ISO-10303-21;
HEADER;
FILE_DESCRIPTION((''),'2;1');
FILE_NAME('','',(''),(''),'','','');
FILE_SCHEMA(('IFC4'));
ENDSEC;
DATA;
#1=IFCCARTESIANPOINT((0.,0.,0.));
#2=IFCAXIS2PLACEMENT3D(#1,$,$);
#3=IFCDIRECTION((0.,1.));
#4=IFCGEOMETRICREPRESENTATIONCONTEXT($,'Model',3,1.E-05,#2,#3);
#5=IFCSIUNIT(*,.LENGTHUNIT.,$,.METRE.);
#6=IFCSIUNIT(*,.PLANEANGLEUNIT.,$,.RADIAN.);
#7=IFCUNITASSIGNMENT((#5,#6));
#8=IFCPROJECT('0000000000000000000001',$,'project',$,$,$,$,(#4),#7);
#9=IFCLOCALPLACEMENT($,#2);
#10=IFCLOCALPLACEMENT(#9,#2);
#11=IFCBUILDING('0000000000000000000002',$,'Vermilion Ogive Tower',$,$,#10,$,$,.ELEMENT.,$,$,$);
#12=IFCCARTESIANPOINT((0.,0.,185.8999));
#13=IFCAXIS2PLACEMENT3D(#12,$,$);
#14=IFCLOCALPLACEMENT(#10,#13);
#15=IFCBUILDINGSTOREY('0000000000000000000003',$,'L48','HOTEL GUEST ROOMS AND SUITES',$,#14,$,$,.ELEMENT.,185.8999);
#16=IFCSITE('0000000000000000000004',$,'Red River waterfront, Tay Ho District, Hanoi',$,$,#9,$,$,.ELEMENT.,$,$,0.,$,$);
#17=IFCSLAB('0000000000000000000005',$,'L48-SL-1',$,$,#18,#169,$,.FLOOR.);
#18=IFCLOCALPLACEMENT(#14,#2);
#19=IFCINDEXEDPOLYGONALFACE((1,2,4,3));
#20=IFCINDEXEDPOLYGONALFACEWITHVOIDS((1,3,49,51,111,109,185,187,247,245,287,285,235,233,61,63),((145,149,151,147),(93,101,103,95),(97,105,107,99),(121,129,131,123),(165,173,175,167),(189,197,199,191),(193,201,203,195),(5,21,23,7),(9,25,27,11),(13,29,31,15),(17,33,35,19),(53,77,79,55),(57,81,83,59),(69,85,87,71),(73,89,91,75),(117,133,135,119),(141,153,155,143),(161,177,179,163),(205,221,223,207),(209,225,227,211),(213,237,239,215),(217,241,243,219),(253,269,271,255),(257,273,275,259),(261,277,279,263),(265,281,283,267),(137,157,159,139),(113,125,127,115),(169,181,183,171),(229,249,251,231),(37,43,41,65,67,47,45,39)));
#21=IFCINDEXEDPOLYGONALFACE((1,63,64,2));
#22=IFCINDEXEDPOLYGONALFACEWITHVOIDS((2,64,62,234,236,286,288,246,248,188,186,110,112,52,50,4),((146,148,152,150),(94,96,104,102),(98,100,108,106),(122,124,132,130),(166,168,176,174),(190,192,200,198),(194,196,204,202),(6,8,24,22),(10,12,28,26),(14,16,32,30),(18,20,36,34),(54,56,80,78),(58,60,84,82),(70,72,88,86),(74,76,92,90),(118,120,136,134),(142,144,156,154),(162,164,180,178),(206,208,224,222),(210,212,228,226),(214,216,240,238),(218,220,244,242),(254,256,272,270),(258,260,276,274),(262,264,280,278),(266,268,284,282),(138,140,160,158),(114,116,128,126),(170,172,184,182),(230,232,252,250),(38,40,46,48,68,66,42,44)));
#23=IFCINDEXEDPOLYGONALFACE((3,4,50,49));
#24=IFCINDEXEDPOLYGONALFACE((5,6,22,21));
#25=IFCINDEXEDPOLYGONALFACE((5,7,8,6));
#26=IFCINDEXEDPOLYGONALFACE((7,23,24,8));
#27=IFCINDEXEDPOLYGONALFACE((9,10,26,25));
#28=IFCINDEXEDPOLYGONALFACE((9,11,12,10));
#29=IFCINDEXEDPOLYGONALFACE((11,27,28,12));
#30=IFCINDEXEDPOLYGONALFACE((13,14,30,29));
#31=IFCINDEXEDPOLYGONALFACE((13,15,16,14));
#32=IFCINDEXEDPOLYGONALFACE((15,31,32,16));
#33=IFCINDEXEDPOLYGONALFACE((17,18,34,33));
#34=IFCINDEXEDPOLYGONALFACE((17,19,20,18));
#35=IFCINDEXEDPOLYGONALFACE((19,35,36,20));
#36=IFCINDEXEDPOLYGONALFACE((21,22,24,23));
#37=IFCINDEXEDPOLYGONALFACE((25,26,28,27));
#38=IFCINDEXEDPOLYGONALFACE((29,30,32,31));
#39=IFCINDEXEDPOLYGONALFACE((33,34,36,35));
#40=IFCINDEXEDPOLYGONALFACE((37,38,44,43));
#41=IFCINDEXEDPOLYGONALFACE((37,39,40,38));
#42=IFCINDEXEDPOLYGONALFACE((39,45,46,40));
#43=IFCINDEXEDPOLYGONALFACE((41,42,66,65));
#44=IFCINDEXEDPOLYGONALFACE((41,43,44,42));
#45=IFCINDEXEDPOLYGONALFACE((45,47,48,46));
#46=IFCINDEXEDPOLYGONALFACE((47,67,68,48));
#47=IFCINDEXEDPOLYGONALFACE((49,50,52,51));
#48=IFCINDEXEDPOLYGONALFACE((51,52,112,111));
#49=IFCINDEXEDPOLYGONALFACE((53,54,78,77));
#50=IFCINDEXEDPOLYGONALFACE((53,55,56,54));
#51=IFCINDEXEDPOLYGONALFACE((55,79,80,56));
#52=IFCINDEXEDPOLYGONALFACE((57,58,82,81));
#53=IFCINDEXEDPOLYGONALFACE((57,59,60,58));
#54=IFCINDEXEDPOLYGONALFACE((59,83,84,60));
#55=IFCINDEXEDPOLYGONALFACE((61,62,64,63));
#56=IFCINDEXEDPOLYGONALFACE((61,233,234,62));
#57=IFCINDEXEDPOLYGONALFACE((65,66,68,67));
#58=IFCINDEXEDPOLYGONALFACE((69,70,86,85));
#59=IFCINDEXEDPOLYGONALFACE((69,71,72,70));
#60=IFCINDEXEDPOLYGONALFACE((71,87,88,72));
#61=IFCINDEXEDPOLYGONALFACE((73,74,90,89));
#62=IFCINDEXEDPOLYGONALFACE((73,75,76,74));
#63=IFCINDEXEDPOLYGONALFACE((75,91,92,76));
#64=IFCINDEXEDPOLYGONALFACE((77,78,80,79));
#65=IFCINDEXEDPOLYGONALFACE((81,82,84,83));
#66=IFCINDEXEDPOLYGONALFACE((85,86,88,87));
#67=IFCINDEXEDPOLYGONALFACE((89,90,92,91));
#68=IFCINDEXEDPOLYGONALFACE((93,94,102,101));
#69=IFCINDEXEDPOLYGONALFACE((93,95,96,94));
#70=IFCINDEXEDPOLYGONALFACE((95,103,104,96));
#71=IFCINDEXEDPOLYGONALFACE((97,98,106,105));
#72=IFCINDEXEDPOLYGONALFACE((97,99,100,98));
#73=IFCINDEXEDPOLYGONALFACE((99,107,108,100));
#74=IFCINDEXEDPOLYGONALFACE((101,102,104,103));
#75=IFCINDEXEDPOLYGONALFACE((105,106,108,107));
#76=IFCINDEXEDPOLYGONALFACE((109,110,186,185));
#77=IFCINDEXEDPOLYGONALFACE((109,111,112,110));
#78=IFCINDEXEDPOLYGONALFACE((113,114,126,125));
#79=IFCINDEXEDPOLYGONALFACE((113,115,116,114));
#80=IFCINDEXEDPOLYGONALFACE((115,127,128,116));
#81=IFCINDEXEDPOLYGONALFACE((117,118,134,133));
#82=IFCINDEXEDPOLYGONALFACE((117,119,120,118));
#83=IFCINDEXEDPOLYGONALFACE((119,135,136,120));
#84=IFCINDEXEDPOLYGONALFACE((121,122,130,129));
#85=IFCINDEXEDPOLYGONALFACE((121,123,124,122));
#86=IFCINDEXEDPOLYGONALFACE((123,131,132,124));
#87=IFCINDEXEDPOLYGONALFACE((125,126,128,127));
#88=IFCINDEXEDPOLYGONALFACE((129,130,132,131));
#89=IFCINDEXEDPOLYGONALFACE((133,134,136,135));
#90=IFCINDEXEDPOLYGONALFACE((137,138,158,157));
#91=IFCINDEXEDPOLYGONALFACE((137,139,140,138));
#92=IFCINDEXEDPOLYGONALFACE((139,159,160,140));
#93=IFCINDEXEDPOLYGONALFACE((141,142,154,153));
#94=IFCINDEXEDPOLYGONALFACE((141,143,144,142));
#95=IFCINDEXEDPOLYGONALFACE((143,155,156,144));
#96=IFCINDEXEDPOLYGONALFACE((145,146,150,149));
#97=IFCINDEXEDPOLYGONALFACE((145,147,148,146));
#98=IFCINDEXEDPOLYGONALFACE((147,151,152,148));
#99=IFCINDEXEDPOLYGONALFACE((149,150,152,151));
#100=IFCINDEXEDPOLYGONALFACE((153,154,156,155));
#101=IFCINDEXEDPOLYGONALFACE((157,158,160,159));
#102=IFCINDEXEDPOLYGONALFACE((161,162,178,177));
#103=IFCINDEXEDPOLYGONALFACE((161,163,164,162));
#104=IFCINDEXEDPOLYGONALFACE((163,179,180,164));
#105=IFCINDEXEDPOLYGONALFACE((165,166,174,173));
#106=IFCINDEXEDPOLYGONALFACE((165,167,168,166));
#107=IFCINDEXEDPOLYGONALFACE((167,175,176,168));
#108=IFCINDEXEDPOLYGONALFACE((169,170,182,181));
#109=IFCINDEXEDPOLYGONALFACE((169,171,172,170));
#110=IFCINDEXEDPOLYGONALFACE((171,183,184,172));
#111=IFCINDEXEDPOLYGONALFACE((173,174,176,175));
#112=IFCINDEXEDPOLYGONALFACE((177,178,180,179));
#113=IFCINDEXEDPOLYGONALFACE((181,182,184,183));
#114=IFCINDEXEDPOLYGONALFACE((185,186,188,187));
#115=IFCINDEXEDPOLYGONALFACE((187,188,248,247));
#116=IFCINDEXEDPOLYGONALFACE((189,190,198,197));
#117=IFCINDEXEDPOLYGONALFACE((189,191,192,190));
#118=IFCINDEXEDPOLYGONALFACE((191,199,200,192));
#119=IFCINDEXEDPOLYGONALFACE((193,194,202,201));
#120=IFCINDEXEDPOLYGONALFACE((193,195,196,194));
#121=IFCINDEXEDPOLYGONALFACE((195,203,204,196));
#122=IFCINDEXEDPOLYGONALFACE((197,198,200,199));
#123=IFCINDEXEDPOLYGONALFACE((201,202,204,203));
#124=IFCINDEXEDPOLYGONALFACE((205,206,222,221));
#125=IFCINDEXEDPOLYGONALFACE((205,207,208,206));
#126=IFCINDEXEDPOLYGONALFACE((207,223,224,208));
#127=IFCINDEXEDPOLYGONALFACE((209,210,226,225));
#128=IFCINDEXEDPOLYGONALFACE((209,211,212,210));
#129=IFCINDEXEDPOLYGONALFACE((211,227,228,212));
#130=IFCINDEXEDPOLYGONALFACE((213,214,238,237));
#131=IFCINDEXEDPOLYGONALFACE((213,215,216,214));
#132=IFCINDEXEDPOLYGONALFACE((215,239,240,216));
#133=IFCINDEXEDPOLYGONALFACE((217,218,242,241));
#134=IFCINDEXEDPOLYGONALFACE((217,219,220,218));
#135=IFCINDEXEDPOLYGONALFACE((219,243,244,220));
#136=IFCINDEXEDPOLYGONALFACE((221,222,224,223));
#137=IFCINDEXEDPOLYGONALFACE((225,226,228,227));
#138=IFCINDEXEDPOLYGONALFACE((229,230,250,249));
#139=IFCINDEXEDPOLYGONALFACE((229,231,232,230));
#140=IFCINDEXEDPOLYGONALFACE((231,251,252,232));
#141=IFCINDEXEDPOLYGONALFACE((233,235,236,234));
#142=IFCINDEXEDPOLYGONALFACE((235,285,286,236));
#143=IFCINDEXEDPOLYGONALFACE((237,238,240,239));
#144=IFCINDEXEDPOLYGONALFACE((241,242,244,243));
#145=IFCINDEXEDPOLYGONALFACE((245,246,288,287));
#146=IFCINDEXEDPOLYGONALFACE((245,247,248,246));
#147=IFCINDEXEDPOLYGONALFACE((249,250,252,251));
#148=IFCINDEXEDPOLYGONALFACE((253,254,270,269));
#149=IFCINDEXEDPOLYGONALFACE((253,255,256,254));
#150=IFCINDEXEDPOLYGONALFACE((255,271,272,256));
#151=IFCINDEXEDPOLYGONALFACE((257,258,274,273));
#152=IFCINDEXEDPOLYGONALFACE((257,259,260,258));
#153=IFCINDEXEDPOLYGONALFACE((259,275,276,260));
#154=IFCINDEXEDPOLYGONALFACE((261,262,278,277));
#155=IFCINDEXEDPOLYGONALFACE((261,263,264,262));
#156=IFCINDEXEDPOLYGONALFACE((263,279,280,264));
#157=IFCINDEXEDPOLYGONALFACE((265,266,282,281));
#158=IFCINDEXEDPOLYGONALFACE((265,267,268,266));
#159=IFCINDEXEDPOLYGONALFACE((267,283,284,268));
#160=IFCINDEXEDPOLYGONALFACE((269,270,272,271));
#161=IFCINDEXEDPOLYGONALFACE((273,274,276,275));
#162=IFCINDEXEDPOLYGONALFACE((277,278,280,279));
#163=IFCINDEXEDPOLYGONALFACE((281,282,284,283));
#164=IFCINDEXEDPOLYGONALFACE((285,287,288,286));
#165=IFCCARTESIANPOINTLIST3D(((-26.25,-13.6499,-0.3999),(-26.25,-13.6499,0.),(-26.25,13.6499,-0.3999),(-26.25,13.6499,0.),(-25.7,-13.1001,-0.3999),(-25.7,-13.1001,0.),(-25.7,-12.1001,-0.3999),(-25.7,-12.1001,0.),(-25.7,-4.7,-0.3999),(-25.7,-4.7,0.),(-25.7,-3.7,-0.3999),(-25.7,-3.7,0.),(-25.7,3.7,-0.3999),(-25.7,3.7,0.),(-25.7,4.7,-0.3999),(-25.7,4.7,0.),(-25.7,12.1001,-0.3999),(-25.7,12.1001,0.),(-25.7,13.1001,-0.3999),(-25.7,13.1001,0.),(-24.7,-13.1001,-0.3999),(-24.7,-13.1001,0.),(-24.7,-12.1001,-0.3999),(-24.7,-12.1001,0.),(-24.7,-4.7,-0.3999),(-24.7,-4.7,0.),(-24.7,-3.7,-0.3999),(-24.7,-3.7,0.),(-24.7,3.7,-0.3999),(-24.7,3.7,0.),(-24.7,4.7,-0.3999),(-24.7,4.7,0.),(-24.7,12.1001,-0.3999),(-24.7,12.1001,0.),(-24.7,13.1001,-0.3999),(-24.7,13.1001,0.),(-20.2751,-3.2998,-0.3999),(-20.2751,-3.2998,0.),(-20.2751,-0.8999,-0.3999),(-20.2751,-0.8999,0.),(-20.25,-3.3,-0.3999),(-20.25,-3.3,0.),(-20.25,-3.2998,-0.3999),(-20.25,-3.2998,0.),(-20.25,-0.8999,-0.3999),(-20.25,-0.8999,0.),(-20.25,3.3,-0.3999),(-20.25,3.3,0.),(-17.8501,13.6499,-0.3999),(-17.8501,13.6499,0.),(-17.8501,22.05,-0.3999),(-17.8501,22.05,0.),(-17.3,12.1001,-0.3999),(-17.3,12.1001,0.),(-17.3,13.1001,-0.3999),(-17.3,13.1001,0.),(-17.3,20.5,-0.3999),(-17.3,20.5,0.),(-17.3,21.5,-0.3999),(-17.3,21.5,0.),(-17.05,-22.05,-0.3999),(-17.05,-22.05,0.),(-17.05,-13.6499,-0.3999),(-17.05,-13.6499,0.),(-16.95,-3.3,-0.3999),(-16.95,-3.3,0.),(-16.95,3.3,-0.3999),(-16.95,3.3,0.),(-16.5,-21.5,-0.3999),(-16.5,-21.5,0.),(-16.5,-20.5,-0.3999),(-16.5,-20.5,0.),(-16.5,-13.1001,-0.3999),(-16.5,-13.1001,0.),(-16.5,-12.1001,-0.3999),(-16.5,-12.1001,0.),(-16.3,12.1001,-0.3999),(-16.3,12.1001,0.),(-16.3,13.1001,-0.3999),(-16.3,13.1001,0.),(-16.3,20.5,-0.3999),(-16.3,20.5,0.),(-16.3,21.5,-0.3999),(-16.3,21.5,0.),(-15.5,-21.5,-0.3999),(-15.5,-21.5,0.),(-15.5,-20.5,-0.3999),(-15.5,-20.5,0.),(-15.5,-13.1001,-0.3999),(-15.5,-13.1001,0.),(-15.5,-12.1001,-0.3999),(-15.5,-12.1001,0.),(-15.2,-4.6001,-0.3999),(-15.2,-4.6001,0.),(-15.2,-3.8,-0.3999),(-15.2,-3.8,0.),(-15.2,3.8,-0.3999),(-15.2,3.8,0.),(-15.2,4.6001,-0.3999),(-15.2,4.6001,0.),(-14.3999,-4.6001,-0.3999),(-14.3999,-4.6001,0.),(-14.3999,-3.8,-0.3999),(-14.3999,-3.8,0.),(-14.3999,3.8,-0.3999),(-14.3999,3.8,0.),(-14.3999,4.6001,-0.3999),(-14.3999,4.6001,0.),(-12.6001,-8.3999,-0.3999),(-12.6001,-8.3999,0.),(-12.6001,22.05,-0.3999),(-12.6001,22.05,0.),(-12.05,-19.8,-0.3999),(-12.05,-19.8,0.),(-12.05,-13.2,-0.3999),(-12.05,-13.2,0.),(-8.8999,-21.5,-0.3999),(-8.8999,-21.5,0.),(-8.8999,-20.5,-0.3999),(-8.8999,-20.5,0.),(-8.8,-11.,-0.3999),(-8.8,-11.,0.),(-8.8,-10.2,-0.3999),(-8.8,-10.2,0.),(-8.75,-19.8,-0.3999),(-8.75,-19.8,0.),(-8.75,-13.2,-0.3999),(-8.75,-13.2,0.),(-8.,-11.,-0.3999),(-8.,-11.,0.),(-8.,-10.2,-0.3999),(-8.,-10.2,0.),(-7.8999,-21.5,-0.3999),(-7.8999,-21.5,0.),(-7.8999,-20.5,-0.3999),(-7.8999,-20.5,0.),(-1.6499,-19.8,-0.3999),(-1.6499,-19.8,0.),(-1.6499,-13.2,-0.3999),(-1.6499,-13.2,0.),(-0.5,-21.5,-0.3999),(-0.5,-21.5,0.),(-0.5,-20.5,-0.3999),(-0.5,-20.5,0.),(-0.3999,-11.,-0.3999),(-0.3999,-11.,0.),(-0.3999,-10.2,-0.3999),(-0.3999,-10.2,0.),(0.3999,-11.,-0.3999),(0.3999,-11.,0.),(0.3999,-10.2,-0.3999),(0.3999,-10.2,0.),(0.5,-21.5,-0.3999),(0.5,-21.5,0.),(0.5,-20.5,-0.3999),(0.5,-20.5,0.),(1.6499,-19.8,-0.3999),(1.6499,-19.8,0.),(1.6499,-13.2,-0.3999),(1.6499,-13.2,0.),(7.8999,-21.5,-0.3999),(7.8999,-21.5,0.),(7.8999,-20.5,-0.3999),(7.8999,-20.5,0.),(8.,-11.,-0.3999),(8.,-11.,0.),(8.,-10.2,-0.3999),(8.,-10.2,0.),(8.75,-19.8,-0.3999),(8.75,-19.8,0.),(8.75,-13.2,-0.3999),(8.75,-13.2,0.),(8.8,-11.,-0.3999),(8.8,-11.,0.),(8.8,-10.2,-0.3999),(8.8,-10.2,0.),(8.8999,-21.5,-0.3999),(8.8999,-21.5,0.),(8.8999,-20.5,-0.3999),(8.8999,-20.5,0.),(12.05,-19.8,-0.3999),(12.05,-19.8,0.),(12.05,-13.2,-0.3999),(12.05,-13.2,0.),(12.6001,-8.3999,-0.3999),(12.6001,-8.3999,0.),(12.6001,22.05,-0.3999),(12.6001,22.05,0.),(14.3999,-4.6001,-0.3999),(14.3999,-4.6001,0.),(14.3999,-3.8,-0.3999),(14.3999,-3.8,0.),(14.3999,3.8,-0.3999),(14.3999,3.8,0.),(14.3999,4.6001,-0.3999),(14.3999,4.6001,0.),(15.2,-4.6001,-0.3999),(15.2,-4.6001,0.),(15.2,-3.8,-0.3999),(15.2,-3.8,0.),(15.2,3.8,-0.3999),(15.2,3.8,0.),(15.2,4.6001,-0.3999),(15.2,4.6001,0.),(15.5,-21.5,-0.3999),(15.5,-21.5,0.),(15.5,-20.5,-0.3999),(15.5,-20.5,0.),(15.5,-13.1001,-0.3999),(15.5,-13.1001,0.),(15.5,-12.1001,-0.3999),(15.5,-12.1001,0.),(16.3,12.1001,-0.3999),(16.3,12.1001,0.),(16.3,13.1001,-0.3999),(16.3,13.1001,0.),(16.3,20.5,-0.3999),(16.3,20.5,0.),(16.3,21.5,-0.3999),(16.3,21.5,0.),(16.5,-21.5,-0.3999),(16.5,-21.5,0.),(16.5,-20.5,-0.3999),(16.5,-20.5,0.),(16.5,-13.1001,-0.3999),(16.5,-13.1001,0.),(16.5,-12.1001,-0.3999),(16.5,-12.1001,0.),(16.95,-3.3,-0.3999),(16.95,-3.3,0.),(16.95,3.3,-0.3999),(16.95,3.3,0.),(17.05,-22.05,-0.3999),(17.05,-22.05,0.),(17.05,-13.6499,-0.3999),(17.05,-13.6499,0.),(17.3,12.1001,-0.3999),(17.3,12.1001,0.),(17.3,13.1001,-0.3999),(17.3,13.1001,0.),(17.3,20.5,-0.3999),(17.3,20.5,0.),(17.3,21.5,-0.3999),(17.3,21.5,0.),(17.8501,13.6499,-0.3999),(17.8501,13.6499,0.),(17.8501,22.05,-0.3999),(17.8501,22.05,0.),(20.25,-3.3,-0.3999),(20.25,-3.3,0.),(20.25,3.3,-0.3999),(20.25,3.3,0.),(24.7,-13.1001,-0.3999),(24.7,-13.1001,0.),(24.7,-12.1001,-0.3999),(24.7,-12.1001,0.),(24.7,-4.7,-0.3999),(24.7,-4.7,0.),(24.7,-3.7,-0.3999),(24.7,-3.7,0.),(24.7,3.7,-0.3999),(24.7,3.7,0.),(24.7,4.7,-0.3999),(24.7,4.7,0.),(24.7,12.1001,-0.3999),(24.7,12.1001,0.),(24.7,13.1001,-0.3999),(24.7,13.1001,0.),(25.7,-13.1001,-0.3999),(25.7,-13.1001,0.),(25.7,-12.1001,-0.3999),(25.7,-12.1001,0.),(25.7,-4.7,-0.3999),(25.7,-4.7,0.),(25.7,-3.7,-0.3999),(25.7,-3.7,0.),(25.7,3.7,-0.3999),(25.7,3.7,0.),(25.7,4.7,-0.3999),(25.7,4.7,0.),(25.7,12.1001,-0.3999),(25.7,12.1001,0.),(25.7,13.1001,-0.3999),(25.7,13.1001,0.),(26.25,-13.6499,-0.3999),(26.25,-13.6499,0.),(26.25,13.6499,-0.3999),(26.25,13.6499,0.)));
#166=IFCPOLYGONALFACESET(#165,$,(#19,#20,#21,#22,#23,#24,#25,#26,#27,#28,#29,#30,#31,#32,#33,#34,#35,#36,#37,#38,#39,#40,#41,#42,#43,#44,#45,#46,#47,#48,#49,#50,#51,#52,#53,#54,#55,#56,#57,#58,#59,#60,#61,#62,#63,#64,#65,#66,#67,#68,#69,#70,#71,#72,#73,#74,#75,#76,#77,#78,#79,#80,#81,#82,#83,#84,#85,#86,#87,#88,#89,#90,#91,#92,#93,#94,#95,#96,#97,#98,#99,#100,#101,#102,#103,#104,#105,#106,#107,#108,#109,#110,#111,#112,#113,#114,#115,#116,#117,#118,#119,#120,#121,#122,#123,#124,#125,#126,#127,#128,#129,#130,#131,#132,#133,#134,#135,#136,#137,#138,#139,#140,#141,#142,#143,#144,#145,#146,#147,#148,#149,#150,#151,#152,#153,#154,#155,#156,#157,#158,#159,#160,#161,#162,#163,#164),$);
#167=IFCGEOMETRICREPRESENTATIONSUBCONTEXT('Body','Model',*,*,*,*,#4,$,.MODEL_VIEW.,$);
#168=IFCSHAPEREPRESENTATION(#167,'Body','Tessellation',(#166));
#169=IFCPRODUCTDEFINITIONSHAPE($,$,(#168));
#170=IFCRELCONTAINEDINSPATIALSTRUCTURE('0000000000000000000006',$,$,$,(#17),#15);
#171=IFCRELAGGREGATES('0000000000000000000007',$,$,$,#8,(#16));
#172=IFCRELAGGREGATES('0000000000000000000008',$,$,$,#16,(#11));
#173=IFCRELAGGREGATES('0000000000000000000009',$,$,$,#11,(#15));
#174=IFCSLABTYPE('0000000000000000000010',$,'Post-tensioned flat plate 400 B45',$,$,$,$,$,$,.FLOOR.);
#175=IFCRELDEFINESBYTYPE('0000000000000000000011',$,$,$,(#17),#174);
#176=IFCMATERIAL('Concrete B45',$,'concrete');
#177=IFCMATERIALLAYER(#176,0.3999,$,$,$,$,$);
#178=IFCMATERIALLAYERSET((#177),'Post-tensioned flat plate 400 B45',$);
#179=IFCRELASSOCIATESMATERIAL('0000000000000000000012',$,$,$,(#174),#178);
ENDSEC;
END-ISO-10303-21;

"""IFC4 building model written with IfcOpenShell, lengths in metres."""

from ifc_helpers import new_model, si_unit, direction, frame, origin, place, context, subcontext, project, spatial, polyline, outline, extrude, material, layer, layer_set, type_object, element, save


model = new_model("IFC4")

# Units and contexts
model_context = context("Model", 3, precision=1e-05, world=origin(), true_north=direction((0.0, 1.0)))
body_context = subcontext(model_context, "Body", "Model", "MODEL_VIEW")
ifc_project = project(units=[si_unit("LENGTHUNIT", "METRE"), si_unit("PLANEANGLEUNIT", "RADIAN")], contexts=[model_context])

# Site, building, storey
site_placement = place(None, origin())
site = spatial("IfcSite", under=ifc_project, at=site_placement, Name="Red River waterfront, Tay Ho District, Hanoi", CompositionType="ELEMENT", RefElevation=0.0)
building_placement = place(site_placement, origin())
building = spatial("IfcBuilding", under=site, at=building_placement, Name="Vermilion Ogive Tower", CompositionType="ELEMENT")
storey_placement = place(building_placement, frame((0.0, 0.0, 185.8999)))
storey = spatial("IfcBuildingStorey", under=building, at=storey_placement, Name="L48", Description="HOTEL GUEST ROOMS AND SUITES", CompositionType="ELEMENT", Elevation=185.8999)

# Slab
ifc_material_1 = material(Name="Concrete B45", Category="concrete")
ifc_layer_1 = layer(ifc_material_1, 0.3999)
ifc_layer_set_1 = layer_set([ifc_layer_1], Name="Post-tensioned flat plate 400 B45")
slab_type = type_object("IfcSlabType", Name="Post-tensioned flat plate 400 B45", PredefinedType="FLOOR", material=ifc_layer_set_1)
slab_placement = place(storey_placement, frame((0.0, 0.0, -0.3999)))
element("IfcSlab", 1, at=slab_placement, inside=storey, type_object=slab_type, Name="L48-SL-1", PredefinedType="FLOOR", context=body_context, shape_type="SweptSolid", body=[
    extrude(outline(polyline([(-26.25, -13.6499), (-17.05, -13.6499), (-17.05, -22.05), (17.05, -22.05), (17.05, -13.6499), (26.25, -13.6499), (26.25, 13.6499), (17.8501, 13.6499), (17.8501, 22.05), (12.6001, 22.05), (12.6001, -8.3999), (-12.6001, -8.3999), (-12.6001, 22.05), (-17.8501, 22.05), (-17.8501, 13.6499), (-26.25, 13.6499), (-26.25, -13.6499)]), holes=[polyline([(25.7, -3.7), (25.7, -4.7), (24.7, -4.7), (24.7, -3.7), (25.7, -3.7)]), polyline([(25.7, -12.1001), (25.7, -13.1001), (24.7, -13.1001), (24.7, -12.1001), (25.7, -12.1001)]), polyline([(25.7, 12.1001), (24.7, 12.1001), (24.7, 13.1001), (25.7, 13.1001), (25.7, 12.1001)]), polyline([(25.7, 3.7), (24.7, 3.7), (24.7, 4.7), (25.7, 4.7), (25.7, 3.7)]), polyline([(20.25, 3.3), (20.25, -3.3), (16.95, -3.3), (16.95, 3.3), (20.25, 3.3)]), polyline([(17.3, 13.1001), (17.3, 12.1001), (16.3, 12.1001), (16.3, 13.1001), (17.3, 13.1001)]), polyline([(17.3, 20.5), (16.3, 20.5), (16.3, 21.5), (17.3, 21.5), (17.3, 20.5)]), polyline([(16.5, -12.1001), (16.5, -13.1001), (15.5, -13.1001), (15.5, -12.1001), (16.5, -12.1001)]), polyline([(16.5, -20.5), (16.5, -21.5), (15.5, -21.5), (15.5, -20.5), (16.5, -20.5)]), polyline([(15.2, 4.6001), (15.2, 3.8), (14.3999, 3.8), (14.3999, 4.6001), (15.2, 4.6001)]), polyline([(15.2, -4.6001), (14.3999, -4.6001), (14.3999, -3.8), (15.2, -3.8), (15.2, -4.6001)]), polyline([(12.05, -13.2), (12.05, -19.8), (8.75, -19.8), (8.75, -13.2), (12.05, -13.2)]), polyline([(8.8999, -20.5), (8.8999, -21.5), (7.8999, -21.5), (7.8999, -20.5), (8.8999, -20.5)]), polyline([(8.8, -11.0), (8.0, -11.0), (8.0, -10.2), (8.8, -10.2), (8.8, -11.0)]), polyline([(1.6499, -13.2), (1.6499, -19.8), (-1.6499, -19.8), (-1.6499, -13.2), (1.6499, -13.2)]), polyline([(0.5, -20.5), (0.5, -21.5), (-0.5, -21.5), (-0.5, -20.5), (0.5, -20.5)]), polyline([(0.3999, -10.2), (0.3999, -11.0), (-0.3999, -11.0), (-0.3999, -10.2), (0.3999, -10.2)]), polyline([(-7.8999, -20.5), (-7.8999, -21.5), (-8.8999, -21.5), (-8.8999, -20.5), (-7.8999, -20.5)]), polyline([(-8.0, -10.2), (-8.0, -11.0), (-8.8, -11.0), (-8.8, -10.2), (-8.0, -10.2)]), polyline([(-8.75, -13.2), (-8.75, -19.8), (-12.05, -19.8), (-12.05, -13.2), (-8.75, -13.2)]), polyline([(-14.3999, 4.6001), (-14.3999, 3.8), (-15.2, 3.8), (-15.2, 4.6001), (-14.3999, 4.6001)]), polyline([(-14.3999, -4.6001), (-15.2, -4.6001), (-15.2, -3.8), (-14.3999, -3.8), (-14.3999, -4.6001)]), polyline([(-15.5, -12.1001), (-15.5, -13.1001), (-16.5, -13.1001), (-16.5, -12.1001), (-15.5, -12.1001)]), polyline([(-15.5, -20.5), (-15.5, -21.5), (-16.5, -21.5), (-16.5, -20.5), (-15.5, -20.5)]), polyline([(-16.3, 13.1001), (-16.3, 12.1001), (-17.3, 12.1001), (-17.3, 13.1001), (-16.3, 13.1001)]), polyline([(-16.3, 20.5), (-17.3, 20.5), (-17.3, 21.5), (-16.3, 21.5), (-16.3, 20.5)]), polyline([(-16.95, 3.3), (-16.95, -3.3), (-20.25, -3.3), (-20.25, -3.2998), (-20.2751, -3.2998), (-20.2751, -0.8999), (-20.25, -0.8999), (-20.25, 3.3), (-16.95, 3.3)]), polyline([(-24.7, 3.7), (-25.7, 3.7), (-25.7, 4.7), (-24.7, 4.7), (-24.7, 3.7)]), polyline([(-24.7, 13.1001), (-24.7, 12.1001), (-25.7, 12.1001), (-25.7, 13.1001), (-24.7, 13.1001)]), polyline([(-24.7, -3.7), (-24.7, -4.7), (-25.7, -4.7), (-25.7, -3.7), (-24.7, -3.7)]), polyline([(-24.7, -12.1001), (-24.7, -13.1001), (-25.7, -13.1001), (-25.7, -12.1001), (-24.7, -12.1001)])]), origin(), (0.0, 0.0, 1.0), 0.3999),
])

save(model, "model.ifc")
